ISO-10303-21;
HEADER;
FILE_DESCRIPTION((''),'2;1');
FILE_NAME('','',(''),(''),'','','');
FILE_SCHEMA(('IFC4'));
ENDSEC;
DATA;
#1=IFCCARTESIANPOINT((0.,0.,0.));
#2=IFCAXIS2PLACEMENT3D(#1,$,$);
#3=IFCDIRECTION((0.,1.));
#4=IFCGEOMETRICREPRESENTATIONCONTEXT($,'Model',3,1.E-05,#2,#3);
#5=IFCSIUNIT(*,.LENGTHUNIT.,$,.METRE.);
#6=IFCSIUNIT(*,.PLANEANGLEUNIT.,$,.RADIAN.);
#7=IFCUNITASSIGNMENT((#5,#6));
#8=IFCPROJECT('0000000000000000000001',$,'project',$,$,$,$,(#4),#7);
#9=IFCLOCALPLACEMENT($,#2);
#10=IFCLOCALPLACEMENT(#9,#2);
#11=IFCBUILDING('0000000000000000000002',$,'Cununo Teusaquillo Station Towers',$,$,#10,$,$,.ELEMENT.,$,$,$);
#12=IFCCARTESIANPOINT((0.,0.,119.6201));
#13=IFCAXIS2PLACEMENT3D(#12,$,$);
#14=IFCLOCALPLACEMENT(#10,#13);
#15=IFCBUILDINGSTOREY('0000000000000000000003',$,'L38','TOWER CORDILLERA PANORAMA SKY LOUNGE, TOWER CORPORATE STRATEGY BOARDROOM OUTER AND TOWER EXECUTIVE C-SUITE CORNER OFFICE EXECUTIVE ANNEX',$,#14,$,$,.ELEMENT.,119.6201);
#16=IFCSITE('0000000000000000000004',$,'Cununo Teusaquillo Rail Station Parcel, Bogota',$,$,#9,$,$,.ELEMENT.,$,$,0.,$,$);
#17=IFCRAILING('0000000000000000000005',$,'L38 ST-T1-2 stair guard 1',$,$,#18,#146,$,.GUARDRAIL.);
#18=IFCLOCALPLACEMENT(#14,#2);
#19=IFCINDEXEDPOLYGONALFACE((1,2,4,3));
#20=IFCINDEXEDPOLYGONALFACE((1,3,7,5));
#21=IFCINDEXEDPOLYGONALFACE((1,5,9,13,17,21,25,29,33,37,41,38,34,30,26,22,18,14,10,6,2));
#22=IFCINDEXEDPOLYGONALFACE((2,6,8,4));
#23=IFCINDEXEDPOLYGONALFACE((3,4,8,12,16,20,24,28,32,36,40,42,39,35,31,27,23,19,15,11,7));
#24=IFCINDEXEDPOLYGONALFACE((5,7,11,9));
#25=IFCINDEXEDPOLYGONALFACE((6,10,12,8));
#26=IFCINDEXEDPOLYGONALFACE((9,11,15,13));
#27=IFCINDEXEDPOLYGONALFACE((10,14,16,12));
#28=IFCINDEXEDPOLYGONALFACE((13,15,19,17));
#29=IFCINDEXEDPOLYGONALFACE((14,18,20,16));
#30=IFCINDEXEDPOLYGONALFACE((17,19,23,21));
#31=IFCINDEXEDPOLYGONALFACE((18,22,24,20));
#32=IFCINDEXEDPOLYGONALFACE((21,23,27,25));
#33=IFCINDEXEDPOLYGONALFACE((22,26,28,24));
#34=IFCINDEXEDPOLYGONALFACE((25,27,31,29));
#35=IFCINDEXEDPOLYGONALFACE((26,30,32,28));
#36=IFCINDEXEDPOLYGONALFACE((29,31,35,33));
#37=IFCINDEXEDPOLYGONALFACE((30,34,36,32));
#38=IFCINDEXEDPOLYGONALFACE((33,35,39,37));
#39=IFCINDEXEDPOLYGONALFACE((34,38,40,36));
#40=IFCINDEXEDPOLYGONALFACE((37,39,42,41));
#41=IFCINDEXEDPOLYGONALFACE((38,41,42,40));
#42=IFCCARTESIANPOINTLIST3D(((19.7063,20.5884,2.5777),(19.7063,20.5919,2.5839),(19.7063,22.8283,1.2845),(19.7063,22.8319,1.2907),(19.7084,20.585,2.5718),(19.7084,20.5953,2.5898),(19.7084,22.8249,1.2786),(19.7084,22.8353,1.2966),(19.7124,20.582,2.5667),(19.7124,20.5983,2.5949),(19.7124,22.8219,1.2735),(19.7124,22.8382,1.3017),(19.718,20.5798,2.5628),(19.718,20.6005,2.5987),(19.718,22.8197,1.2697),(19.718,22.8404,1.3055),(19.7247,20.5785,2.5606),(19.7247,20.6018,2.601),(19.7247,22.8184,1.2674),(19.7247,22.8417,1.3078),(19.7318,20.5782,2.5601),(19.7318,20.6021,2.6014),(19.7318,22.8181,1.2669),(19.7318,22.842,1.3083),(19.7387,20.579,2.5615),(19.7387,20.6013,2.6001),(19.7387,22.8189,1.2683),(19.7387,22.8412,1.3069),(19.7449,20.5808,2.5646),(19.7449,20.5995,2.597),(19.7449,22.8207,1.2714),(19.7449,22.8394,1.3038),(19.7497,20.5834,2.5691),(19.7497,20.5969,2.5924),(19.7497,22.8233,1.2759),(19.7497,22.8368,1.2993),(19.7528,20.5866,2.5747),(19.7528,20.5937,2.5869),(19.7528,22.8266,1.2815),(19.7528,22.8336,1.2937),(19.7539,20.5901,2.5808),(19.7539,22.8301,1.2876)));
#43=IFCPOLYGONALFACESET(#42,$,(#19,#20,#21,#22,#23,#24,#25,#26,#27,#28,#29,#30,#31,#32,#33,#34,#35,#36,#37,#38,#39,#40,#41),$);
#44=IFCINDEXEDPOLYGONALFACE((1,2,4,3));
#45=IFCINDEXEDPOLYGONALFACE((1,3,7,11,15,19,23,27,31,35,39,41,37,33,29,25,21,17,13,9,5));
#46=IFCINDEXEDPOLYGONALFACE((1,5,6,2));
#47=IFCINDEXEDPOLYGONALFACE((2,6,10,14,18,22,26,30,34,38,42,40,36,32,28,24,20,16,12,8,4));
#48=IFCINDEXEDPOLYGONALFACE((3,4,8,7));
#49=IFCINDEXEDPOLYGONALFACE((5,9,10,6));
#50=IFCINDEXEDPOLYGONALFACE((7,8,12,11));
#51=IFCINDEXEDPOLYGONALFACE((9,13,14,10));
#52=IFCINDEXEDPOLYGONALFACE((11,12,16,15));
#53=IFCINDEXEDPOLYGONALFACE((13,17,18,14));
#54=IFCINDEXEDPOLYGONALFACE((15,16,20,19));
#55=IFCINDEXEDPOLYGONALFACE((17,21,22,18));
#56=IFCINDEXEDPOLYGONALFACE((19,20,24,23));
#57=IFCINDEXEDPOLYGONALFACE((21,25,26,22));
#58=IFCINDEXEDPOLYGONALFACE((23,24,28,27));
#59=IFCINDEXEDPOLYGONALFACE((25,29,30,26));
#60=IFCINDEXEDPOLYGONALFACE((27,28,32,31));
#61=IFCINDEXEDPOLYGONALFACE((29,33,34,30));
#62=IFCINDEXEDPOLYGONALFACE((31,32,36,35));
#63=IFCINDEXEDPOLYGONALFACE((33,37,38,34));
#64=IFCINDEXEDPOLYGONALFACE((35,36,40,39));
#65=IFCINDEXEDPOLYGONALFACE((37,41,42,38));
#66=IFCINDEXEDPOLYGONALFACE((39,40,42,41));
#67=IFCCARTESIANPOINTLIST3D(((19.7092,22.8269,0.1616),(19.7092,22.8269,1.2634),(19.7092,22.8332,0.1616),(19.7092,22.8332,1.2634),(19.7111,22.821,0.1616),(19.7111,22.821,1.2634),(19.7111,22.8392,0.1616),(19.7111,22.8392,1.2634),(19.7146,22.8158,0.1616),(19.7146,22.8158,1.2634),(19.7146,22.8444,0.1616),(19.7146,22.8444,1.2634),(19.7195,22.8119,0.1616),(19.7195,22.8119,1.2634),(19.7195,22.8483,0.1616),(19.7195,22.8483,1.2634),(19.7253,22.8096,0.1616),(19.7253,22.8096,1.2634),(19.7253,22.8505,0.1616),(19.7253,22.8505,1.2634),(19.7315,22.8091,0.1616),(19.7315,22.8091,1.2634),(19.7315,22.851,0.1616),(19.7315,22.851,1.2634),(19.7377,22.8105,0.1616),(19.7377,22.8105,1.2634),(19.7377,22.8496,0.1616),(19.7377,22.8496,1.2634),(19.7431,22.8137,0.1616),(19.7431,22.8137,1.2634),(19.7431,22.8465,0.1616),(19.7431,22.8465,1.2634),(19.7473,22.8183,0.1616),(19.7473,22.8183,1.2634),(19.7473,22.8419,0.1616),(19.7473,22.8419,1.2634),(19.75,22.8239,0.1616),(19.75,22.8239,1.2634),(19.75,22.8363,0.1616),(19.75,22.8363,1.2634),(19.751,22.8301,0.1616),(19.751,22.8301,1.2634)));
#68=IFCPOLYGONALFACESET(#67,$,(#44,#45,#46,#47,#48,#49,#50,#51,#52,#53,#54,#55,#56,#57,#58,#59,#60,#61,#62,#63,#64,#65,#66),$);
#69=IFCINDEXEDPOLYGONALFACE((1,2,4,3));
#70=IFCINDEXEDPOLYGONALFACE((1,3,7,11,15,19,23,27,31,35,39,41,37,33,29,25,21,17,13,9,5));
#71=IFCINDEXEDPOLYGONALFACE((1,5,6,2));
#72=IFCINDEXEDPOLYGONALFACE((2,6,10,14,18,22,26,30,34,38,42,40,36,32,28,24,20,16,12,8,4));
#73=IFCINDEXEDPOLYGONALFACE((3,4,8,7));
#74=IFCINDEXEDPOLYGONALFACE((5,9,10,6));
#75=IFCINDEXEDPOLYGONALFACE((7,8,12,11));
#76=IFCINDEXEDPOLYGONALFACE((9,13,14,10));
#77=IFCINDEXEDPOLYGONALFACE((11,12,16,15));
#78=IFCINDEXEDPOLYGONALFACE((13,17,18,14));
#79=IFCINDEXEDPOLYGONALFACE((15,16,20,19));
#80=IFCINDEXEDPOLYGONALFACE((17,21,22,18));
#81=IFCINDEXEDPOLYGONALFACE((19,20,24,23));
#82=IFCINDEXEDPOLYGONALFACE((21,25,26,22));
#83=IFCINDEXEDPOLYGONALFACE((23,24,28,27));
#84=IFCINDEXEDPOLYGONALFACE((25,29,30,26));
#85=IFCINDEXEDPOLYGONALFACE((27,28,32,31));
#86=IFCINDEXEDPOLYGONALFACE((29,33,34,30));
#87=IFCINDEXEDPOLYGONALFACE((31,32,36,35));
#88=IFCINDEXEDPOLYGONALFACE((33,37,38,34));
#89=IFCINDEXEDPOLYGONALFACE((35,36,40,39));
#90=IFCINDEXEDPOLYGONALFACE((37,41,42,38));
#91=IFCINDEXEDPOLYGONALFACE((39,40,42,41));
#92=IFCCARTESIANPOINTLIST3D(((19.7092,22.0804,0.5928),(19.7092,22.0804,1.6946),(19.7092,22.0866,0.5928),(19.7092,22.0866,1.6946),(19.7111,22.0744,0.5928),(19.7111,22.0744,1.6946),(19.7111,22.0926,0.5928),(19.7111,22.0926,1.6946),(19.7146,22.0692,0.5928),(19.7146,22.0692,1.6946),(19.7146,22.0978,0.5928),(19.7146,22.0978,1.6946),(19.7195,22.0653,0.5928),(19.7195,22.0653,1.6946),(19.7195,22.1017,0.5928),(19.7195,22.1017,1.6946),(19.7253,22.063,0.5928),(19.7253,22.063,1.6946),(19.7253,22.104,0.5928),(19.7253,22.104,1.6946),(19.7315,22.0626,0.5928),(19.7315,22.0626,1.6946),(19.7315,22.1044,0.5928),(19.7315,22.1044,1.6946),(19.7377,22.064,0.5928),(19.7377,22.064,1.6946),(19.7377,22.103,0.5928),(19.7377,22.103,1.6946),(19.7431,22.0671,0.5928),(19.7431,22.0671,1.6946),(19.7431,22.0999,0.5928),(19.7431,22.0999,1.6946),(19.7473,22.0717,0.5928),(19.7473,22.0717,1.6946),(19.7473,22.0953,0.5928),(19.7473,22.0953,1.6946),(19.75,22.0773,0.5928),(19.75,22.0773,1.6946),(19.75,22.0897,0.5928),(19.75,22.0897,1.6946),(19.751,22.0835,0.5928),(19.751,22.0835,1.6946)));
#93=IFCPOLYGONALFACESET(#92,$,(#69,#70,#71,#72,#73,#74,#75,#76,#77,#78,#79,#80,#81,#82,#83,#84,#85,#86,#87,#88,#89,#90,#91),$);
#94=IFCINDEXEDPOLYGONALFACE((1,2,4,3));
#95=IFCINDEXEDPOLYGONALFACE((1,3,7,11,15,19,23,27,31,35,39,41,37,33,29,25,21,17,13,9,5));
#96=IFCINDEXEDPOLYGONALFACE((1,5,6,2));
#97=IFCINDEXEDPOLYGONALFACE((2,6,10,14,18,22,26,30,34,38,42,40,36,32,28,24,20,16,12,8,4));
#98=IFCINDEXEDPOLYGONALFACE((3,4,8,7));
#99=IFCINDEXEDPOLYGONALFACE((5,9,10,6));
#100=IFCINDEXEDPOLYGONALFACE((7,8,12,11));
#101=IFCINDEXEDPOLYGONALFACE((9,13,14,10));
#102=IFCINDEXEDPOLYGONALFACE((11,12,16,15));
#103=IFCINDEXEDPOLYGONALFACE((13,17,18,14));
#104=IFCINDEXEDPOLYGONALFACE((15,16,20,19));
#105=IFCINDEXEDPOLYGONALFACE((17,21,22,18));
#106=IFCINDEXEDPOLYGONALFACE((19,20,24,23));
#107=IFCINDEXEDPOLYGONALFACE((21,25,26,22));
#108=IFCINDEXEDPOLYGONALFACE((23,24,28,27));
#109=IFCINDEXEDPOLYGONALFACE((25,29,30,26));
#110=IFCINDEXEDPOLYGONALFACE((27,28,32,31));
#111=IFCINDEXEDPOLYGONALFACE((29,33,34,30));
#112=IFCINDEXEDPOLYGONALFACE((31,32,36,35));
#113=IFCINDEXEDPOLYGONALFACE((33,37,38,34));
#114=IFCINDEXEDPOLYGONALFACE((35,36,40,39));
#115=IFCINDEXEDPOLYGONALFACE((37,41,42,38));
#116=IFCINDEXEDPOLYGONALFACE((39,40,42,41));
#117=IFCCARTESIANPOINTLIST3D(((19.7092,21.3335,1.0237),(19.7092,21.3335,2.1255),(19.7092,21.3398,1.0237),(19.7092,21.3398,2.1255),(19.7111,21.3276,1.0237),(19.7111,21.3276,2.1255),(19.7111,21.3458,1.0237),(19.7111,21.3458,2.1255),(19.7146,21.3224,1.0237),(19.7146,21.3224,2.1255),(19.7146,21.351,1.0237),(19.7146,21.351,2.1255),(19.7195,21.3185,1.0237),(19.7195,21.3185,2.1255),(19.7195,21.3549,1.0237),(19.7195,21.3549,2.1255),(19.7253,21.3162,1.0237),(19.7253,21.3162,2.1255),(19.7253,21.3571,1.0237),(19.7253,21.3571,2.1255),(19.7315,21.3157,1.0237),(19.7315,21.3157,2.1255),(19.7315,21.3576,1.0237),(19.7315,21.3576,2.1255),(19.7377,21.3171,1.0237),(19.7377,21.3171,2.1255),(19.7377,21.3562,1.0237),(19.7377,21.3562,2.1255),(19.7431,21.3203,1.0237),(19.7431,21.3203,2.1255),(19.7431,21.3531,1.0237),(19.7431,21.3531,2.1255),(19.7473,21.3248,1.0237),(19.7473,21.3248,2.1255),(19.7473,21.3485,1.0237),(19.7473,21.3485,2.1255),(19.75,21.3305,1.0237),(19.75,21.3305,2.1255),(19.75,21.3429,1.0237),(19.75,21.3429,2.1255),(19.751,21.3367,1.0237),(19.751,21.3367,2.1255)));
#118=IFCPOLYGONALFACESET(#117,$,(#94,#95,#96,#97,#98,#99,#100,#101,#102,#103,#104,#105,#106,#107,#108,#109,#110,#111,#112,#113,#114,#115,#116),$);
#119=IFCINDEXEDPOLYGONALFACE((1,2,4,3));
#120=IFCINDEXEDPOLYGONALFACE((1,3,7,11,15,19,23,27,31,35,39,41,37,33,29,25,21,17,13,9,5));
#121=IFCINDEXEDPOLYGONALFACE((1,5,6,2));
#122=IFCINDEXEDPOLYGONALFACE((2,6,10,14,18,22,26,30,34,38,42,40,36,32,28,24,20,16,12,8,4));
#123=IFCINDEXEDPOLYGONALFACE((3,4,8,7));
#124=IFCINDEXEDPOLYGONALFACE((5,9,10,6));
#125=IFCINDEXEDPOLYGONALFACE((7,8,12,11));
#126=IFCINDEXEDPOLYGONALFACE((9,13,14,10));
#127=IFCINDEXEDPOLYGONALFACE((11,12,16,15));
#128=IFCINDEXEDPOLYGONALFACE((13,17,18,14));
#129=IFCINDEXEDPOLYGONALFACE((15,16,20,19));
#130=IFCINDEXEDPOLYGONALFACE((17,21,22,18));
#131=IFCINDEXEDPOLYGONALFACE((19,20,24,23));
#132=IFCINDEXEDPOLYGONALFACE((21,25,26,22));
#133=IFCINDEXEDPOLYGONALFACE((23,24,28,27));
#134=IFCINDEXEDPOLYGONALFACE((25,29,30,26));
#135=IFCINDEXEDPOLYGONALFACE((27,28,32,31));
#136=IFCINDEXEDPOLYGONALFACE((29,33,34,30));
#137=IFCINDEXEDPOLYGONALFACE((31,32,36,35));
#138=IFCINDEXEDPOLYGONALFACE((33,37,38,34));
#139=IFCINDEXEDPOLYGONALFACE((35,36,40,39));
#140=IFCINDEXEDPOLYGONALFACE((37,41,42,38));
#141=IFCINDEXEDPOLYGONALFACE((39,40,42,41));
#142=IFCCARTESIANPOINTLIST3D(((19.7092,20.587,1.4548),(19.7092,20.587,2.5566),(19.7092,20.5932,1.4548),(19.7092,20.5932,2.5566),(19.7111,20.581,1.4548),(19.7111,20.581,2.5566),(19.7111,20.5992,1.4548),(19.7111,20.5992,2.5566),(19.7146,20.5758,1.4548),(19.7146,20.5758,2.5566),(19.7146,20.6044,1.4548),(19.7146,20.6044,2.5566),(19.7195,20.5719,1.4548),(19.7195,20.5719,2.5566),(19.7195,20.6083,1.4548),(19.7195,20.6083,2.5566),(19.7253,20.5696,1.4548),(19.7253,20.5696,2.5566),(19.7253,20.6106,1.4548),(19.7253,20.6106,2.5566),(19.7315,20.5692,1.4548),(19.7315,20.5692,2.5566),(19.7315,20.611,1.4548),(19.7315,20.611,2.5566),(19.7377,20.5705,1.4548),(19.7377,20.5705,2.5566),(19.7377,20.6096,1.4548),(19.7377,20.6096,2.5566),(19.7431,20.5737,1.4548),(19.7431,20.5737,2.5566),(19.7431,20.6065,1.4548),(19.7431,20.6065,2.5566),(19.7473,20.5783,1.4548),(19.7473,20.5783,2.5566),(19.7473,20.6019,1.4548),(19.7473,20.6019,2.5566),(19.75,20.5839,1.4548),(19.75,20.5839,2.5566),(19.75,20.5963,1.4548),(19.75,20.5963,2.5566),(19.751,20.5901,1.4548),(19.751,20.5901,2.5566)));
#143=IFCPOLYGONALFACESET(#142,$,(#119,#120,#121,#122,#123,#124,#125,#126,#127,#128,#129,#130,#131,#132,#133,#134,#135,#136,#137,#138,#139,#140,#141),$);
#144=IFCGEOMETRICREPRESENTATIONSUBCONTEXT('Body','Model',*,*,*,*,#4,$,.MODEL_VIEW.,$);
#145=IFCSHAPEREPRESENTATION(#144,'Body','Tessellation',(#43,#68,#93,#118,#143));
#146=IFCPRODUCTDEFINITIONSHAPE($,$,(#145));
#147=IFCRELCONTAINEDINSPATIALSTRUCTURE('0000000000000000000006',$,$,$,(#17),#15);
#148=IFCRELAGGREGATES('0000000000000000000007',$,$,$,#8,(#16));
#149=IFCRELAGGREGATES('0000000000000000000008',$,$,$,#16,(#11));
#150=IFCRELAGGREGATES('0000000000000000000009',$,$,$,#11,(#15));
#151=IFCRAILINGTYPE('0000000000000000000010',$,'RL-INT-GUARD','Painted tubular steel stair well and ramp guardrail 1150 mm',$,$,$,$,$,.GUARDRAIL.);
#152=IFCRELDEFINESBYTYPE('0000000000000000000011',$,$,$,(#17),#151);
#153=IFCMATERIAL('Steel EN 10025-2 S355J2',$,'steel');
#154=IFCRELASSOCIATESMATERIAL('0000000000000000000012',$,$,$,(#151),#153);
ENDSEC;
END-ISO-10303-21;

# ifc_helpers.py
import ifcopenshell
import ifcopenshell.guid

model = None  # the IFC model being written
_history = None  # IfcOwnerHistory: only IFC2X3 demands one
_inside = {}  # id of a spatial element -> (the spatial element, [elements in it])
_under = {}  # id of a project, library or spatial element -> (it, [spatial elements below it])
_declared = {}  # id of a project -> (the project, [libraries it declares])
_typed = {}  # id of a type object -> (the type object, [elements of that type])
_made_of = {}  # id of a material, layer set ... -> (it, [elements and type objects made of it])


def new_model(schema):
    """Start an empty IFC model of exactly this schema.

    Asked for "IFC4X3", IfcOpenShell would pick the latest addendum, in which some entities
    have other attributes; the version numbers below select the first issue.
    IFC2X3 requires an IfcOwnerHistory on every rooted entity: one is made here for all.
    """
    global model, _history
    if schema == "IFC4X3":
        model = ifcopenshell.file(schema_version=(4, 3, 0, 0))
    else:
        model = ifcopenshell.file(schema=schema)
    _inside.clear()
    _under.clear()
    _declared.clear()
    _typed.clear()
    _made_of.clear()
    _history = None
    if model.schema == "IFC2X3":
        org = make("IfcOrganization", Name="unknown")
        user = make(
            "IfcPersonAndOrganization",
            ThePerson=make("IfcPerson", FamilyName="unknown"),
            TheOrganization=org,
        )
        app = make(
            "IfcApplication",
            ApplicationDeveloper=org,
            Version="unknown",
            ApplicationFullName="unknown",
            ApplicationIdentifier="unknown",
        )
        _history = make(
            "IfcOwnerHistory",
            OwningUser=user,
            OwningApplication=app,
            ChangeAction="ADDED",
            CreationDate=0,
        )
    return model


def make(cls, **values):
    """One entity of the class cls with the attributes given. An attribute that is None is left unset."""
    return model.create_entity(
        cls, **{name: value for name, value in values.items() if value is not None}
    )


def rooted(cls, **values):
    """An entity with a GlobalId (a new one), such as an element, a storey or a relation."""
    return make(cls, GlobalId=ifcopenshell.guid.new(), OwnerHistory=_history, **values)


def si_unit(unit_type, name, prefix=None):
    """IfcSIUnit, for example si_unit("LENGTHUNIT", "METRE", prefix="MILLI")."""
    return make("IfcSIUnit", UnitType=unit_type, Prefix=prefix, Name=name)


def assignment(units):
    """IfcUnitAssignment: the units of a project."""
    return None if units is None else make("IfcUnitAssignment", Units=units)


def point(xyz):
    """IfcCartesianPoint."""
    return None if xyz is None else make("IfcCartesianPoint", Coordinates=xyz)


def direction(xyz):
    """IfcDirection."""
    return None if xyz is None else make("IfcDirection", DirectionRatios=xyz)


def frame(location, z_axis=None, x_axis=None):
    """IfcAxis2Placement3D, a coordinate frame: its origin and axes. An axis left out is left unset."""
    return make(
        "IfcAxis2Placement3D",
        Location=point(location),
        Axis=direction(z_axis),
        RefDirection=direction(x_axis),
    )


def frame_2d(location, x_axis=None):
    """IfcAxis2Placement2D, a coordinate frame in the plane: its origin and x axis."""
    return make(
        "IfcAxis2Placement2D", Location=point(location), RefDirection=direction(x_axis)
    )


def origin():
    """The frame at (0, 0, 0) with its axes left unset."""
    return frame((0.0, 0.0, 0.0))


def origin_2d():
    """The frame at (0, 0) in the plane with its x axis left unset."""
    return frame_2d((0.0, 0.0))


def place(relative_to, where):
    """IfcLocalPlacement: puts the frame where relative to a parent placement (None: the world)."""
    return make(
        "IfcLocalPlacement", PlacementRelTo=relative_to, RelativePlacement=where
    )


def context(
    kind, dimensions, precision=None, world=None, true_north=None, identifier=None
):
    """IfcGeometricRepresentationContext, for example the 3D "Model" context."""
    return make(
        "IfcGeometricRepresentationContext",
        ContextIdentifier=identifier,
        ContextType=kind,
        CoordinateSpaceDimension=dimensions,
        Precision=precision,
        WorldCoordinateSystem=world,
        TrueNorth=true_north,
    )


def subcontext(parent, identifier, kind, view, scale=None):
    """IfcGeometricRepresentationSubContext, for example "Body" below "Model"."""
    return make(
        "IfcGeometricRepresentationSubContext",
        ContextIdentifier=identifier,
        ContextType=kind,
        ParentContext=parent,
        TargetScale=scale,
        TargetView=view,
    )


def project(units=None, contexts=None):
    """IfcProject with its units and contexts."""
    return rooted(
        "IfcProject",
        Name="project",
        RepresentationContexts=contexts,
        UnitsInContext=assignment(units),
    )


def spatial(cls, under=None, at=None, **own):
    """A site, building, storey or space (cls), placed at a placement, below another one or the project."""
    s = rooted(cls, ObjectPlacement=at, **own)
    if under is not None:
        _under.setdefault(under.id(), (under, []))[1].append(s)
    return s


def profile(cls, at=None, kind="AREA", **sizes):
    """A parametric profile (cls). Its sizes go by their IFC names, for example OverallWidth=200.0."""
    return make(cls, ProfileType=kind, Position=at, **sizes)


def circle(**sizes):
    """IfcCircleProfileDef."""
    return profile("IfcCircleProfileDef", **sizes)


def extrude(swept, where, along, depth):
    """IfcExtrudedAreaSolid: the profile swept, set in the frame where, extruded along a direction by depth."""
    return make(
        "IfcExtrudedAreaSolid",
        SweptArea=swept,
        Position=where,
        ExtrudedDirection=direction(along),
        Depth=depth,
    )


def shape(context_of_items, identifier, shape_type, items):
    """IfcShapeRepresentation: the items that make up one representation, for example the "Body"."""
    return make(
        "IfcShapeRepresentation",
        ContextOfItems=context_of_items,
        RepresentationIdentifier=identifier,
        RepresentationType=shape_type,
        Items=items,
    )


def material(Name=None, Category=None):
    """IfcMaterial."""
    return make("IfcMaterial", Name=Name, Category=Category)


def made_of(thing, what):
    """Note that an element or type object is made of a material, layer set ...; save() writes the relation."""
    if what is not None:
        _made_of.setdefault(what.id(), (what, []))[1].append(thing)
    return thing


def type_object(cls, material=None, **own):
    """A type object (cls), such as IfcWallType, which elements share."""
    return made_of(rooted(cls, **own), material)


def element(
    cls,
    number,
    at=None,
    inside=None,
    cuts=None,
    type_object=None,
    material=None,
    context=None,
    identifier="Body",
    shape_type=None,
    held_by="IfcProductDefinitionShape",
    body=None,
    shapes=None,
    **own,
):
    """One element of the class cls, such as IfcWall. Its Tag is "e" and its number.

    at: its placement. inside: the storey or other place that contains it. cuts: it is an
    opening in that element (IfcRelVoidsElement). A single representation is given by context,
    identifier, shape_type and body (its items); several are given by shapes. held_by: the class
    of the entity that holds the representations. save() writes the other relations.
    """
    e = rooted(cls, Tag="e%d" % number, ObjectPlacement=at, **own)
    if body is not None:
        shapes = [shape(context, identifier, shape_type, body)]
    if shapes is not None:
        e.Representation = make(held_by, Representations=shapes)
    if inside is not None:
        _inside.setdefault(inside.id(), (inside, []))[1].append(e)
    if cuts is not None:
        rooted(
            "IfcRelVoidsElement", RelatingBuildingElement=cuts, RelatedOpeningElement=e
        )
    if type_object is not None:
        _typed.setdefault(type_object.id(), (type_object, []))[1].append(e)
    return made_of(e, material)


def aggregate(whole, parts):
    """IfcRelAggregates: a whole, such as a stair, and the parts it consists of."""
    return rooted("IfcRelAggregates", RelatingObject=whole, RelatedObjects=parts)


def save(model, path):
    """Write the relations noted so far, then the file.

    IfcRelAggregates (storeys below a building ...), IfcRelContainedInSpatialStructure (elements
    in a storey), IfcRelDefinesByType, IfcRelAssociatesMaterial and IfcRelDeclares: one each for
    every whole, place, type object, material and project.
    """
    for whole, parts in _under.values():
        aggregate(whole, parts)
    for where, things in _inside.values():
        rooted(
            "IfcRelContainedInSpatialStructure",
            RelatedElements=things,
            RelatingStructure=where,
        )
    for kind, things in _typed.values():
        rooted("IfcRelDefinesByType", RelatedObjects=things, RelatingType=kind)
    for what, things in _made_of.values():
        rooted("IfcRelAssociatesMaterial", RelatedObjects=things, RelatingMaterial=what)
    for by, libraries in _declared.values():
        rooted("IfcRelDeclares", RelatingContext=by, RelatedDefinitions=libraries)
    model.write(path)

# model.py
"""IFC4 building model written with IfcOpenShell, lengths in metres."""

from ifc_helpers import new_model, si_unit, direction, frame, origin, origin_2d, place, context, subcontext, project, spatial, circle, extrude, material, type_object, element, save


model = new_model("IFC4")

# Units and contexts
model_context = context("Model", 3, precision=1e-05, world=origin(), true_north=direction((0.0, 1.0)))
body_context = subcontext(model_context, "Body", "Model", "MODEL_VIEW")
ifc_project = project(units=[si_unit("LENGTHUNIT", "METRE"), si_unit("PLANEANGLEUNIT", "RADIAN")], contexts=[model_context])

# Site, building, storey
site_placement = place(None, origin())
site = spatial("IfcSite", under=ifc_project, at=site_placement, Name="Cununo Teusaquillo Rail Station Parcel, Bogota", CompositionType="ELEMENT", RefElevation=0.0)
building_placement = place(site_placement, origin())
building = spatial("IfcBuilding", under=site, at=building_placement, Name="Cununo Teusaquillo Station Towers", CompositionType="ELEMENT")
storey_placement = place(building_placement, frame((0.0, 0.0, 119.6201)))
storey = spatial("IfcBuildingStorey", under=building, at=storey_placement, Name="L38", Description="TOWER CORDILLERA PANORAMA SKY LOUNGE, TOWER CORPORATE STRATEGY BOARDROOM OUTER AND TOWER EXECUTIVE C-SUITE CORNER OFFICE EXECUTIVE ANNEX", CompositionType="ELEMENT", Elevation=119.6201)

# Railing
ifc_material_1 = material(Name="Steel EN 10025-2 S355J2", Category="steel")
railing_type_1 = type_object("IfcRailingType", Name="RL-INT-GUARD", Description="Painted tubular steel stair well and ramp guardrail 1150 mm", PredefinedType="GUARDRAIL", material=ifc_material_1)
railing_1_placement = place(storey_placement, frame((19.73, 22.8301, 0.1616)))
element("IfcRailing", 1, at=railing_1_placement, inside=storey, type_object=railing_type_1, Name="L38 ST-T1-2 stair guard 1", PredefinedType="GUARDRAIL", context=body_context, shape_type="SweptSolid", body=[
    extrude(circle(Radius=0.0239, at=origin_2d()), frame((0.0, 0.0, 1.126), z_axis=(0.0, -0.866033, 0.499987), x_axis=(1.0, 0.0, 0.0)), (0.0, 0.0, 1.0), 2.5864),
    extrude(circle(Radius=0.021, at=origin_2d()), origin(), (0.0, 0.0, 1.0), 1.1018),
    extrude(circle(Radius=0.021, at=origin_2d()), frame((0.0, -0.7466, 0.4312)), (0.0, 0.0, 1.0), 1.1018),
    extrude(circle(Radius=0.021, at=origin_2d()), frame((0.0, -1.4934, 0.8621)), (0.0, 0.0, 1.0), 1.1018),
    extrude(circle(Radius=0.021, at=origin_2d()), frame((0.0, -2.24, 1.2932)), (0.0, 0.0, 1.0), 1.1018),
])

save(model, "model.ifc")
